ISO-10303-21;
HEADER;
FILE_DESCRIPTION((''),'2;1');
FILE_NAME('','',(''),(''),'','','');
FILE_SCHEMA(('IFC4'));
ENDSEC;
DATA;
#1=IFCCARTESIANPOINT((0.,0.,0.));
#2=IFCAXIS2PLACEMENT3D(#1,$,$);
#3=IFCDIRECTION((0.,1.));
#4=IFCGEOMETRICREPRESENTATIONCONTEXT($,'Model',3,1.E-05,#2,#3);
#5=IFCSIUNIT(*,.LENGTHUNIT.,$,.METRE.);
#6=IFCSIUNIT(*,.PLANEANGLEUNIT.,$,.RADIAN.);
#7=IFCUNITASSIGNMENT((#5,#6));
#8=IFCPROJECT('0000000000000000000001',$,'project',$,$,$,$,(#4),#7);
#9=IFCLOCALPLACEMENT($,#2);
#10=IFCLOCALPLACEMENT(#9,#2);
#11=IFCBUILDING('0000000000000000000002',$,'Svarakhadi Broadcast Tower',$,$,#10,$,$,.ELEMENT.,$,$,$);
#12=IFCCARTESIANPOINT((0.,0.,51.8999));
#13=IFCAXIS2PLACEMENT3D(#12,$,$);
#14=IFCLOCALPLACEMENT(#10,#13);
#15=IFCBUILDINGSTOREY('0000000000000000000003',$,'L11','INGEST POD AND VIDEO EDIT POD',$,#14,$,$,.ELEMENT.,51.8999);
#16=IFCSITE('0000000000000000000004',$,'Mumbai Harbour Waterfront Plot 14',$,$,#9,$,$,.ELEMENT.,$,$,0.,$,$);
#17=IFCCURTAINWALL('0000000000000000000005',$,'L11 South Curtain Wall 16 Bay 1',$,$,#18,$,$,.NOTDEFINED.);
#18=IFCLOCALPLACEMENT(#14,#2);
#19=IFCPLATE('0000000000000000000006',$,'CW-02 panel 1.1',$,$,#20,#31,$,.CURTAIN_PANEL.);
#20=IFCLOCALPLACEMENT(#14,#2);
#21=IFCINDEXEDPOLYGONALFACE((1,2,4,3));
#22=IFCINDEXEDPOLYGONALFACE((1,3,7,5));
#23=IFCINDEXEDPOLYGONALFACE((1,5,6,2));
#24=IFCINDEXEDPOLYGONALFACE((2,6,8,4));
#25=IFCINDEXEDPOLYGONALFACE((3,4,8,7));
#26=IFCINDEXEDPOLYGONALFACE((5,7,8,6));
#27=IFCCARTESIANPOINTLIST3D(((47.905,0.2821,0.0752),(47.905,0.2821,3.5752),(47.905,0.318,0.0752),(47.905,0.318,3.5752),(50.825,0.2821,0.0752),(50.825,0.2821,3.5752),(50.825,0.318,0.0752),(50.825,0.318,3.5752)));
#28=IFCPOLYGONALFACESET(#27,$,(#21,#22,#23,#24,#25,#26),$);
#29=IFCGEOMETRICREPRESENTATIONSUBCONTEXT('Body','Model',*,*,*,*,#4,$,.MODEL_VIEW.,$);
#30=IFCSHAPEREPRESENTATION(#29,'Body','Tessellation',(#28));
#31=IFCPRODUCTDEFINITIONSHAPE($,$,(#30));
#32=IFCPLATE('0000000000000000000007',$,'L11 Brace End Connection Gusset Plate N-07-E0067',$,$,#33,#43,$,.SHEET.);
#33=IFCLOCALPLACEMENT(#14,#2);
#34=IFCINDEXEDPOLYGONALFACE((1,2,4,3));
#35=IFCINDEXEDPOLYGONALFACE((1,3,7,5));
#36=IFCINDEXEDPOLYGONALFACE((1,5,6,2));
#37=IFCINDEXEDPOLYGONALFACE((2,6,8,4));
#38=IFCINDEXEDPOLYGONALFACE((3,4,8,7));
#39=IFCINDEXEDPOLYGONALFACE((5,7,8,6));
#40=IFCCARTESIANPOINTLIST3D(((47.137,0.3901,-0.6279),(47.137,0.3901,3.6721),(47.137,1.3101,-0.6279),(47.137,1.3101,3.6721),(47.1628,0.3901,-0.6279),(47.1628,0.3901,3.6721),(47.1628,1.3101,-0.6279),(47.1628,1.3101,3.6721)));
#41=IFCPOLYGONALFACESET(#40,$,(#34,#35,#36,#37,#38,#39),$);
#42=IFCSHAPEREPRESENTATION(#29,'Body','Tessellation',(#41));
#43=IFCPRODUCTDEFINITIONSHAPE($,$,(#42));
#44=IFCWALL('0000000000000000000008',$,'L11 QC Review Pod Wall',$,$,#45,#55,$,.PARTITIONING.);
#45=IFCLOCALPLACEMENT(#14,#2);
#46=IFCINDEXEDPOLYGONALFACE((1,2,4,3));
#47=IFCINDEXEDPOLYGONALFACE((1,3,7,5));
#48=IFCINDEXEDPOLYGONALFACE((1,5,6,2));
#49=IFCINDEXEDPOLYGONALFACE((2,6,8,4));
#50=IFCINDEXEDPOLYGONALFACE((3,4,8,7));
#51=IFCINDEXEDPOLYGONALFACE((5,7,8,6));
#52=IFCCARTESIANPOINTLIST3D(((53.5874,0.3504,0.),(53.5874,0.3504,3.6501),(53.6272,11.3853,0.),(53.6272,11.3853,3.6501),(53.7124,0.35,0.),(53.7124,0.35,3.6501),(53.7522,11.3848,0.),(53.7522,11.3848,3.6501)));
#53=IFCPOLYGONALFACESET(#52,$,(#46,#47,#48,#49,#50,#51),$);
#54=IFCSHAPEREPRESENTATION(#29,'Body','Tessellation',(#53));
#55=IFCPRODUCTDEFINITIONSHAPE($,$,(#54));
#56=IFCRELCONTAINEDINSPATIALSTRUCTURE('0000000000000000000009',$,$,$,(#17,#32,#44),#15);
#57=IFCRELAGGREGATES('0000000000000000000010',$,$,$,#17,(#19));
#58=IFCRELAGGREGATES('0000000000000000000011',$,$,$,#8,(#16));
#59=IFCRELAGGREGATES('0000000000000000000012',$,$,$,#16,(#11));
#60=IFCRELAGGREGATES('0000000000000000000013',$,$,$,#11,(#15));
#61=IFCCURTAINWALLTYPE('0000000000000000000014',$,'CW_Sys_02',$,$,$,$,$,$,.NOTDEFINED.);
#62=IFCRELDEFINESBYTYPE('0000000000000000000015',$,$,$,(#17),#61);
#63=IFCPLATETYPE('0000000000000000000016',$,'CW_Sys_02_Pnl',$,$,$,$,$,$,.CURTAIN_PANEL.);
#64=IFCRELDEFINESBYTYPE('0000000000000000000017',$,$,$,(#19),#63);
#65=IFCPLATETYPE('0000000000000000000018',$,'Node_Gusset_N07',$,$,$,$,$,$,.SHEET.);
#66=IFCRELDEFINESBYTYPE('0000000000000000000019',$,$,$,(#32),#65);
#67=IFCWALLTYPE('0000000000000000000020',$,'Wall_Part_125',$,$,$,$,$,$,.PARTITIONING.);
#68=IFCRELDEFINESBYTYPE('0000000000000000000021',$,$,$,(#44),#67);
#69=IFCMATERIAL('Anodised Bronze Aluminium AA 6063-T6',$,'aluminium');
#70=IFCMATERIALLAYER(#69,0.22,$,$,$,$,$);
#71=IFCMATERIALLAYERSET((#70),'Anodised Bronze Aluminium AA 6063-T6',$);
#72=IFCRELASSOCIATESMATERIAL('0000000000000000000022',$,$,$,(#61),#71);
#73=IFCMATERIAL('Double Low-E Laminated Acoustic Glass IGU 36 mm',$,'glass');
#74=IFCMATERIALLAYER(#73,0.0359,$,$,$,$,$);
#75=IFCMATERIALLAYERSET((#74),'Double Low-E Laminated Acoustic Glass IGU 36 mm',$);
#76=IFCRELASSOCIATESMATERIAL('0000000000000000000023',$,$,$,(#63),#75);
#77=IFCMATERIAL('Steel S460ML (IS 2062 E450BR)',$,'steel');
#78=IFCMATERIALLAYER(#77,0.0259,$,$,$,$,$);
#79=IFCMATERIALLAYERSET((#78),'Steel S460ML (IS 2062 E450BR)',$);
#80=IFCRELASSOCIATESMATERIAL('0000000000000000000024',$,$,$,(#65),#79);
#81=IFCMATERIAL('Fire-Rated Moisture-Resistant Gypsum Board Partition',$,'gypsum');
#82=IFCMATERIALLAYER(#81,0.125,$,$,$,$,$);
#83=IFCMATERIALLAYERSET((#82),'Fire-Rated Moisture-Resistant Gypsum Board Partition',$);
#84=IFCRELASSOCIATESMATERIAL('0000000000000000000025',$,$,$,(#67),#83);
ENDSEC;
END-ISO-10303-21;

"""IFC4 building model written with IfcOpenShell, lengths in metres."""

from ifc_helpers import new_model, si_unit, direction, frame, frame_2d, origin, origin_2d, place, context, subcontext, project, spatial, rectangle, extrude, material, layer, layer_set, type_object, element, aggregate, save


model = new_model("IFC4")

# Units and contexts
model_context = context("Model", 3, precision=1e-05, world=origin(), true_north=direction((0.0, 1.0)))
body_context = subcontext(model_context, "Body", "Model", "MODEL_VIEW")
ifc_project = project(units=[si_unit("LENGTHUNIT", "METRE"), si_unit("PLANEANGLEUNIT", "RADIAN")], contexts=[model_context])

# Site, building, storey
site_placement = place(None, origin())
site = spatial("IfcSite", under=ifc_project, at=site_placement, Name="Mumbai Harbour Waterfront Plot 14", CompositionType="ELEMENT", RefElevation=0.0)
building_placement = place(site_placement, origin())
building = spatial("IfcBuilding", under=site, at=building_placement, Name="Svarakhadi Broadcast Tower", CompositionType="ELEMENT")
storey_placement = place(building_placement, frame((0.0, 0.0, 51.8999)))
storey = spatial("IfcBuildingStorey", under=building, at=storey_placement, Name="L11", Description="INGEST POD AND VIDEO EDIT POD", CompositionType="ELEMENT", Elevation=51.8999)

# Shared definitions
ifc_material_1 = material(Name="Steel S460ML (IS 2062 E450BR)", Category="steel")

# Curtain wall
ifc_material_2 = material(Name="Anodised Bronze Aluminium AA 6063-T6", Category="aluminium")
ifc_layer_1 = layer(ifc_material_2, 0.22)
ifc_layer_set_1 = layer_set([ifc_layer_1], Name="Anodised Bronze Aluminium AA 6063-T6")
curtain_wall_type = type_object("IfcCurtainWallType", Name="CW_Sys_02", PredefinedType="NOTDEFINED", material=ifc_layer_set_1)
curtain_wall_1_placement = place(storey_placement, origin())
curtain_wall_1 = element("IfcCurtainWall", 1, at=curtain_wall_1_placement, inside=storey, type_object=curtain_wall_type, Name="L11 South Curtain Wall 16 Bay 1", PredefinedType="NOTDEFINED")

# Plates
ifc_material_3 = material(Name="Double Low-E Laminated Acoustic Glass IGU 36 mm", Category="glass")
ifc_layer_2 = layer(ifc_material_3, 0.0359)
ifc_layer_set_2 = layer_set([ifc_layer_2], Name="Double Low-E Laminated Acoustic Glass IGU 36 mm")
plate_type_1 = type_object("IfcPlateType", Name="CW_Sys_02_Pnl", PredefinedType="CURTAIN_PANEL", material=ifc_layer_set_2)
plate_1_placement = place(storey_placement, frame((49.365, 0.3, 0.0752), z_axis=(0.0, 0.0, 1.0), x_axis=(-1.0, 0.0, 0.0)))
plate_1 = element("IfcPlate", 2, at=plate_1_placement, type_object=plate_type_1, Name="CW-02 panel 1.1", PredefinedType="CURTAIN_PANEL", context=body_context, shape_type="SweptSolid", body=[
    extrude(rectangle(XDim=2.9199, YDim=0.0359, at=origin_2d()), origin(), (0.0, 0.0, 1.0), 3.5),
])
aggregate(curtain_wall_1, [plate_1])
ifc_layer_3 = layer(ifc_material_1, 0.0259)
ifc_layer_set_3 = layer_set([ifc_layer_3], Name="Steel S460ML (IS 2062 E450BR)")
plate_type_2 = type_object("IfcPlateType", Name="Node_Gusset_N07", PredefinedType="SHEET", material=ifc_layer_set_3)
plate_2_placement = place(storey_placement, frame((47.1499, 0.8501, -0.6279), z_axis=(0.0, 0.0, 1.0), x_axis=(0.0, 1.0, 0.0)))
element("IfcPlate", 3, at=plate_2_placement, inside=storey, type_object=plate_type_2, Name="L11 Brace End Connection Gusset Plate N-07-E0067", PredefinedType="SHEET", context=body_context, shape_type="SweptSolid", body=[
    extrude(rectangle(XDim=0.9199, YDim=0.0259, at=origin_2d()), origin(), (0.0, 0.0, 1.0), 4.3),
])

# Wall
ifc_material_4 = material(Name="Fire-Rated Moisture-Resistant Gypsum Board Partition", Category="gypsum")
ifc_layer_4 = layer(ifc_material_4, 0.125)
ifc_layer_set_4 = layer_set([ifc_layer_4], Name="Fire-Rated Moisture-Resistant Gypsum Board Partition")
wall_type = type_object("IfcWallType", Name="Wall_Part_125", PredefinedType="PARTITIONING", material=ifc_layer_set_4)
wall_placement = place(storey_placement, frame((53.6499, 0.3501, 0.0), z_axis=(0.0, 0.0, 1.0), x_axis=(0.003606, 0.999993, 0.0)))
element("IfcWall", 4, at=wall_placement, inside=storey, type_object=wall_type, Name="L11 QC Review Pod Wall", PredefinedType="PARTITIONING", context=body_context, shape_type="SweptSolid", body=[
    extrude(rectangle(XDim=11.0349, YDim=0.125, at=frame_2d((5.5176, 0.0))), origin(), (0.0, 0.0, 1.0), 3.6501),
])

save(model, "model.ifc")
